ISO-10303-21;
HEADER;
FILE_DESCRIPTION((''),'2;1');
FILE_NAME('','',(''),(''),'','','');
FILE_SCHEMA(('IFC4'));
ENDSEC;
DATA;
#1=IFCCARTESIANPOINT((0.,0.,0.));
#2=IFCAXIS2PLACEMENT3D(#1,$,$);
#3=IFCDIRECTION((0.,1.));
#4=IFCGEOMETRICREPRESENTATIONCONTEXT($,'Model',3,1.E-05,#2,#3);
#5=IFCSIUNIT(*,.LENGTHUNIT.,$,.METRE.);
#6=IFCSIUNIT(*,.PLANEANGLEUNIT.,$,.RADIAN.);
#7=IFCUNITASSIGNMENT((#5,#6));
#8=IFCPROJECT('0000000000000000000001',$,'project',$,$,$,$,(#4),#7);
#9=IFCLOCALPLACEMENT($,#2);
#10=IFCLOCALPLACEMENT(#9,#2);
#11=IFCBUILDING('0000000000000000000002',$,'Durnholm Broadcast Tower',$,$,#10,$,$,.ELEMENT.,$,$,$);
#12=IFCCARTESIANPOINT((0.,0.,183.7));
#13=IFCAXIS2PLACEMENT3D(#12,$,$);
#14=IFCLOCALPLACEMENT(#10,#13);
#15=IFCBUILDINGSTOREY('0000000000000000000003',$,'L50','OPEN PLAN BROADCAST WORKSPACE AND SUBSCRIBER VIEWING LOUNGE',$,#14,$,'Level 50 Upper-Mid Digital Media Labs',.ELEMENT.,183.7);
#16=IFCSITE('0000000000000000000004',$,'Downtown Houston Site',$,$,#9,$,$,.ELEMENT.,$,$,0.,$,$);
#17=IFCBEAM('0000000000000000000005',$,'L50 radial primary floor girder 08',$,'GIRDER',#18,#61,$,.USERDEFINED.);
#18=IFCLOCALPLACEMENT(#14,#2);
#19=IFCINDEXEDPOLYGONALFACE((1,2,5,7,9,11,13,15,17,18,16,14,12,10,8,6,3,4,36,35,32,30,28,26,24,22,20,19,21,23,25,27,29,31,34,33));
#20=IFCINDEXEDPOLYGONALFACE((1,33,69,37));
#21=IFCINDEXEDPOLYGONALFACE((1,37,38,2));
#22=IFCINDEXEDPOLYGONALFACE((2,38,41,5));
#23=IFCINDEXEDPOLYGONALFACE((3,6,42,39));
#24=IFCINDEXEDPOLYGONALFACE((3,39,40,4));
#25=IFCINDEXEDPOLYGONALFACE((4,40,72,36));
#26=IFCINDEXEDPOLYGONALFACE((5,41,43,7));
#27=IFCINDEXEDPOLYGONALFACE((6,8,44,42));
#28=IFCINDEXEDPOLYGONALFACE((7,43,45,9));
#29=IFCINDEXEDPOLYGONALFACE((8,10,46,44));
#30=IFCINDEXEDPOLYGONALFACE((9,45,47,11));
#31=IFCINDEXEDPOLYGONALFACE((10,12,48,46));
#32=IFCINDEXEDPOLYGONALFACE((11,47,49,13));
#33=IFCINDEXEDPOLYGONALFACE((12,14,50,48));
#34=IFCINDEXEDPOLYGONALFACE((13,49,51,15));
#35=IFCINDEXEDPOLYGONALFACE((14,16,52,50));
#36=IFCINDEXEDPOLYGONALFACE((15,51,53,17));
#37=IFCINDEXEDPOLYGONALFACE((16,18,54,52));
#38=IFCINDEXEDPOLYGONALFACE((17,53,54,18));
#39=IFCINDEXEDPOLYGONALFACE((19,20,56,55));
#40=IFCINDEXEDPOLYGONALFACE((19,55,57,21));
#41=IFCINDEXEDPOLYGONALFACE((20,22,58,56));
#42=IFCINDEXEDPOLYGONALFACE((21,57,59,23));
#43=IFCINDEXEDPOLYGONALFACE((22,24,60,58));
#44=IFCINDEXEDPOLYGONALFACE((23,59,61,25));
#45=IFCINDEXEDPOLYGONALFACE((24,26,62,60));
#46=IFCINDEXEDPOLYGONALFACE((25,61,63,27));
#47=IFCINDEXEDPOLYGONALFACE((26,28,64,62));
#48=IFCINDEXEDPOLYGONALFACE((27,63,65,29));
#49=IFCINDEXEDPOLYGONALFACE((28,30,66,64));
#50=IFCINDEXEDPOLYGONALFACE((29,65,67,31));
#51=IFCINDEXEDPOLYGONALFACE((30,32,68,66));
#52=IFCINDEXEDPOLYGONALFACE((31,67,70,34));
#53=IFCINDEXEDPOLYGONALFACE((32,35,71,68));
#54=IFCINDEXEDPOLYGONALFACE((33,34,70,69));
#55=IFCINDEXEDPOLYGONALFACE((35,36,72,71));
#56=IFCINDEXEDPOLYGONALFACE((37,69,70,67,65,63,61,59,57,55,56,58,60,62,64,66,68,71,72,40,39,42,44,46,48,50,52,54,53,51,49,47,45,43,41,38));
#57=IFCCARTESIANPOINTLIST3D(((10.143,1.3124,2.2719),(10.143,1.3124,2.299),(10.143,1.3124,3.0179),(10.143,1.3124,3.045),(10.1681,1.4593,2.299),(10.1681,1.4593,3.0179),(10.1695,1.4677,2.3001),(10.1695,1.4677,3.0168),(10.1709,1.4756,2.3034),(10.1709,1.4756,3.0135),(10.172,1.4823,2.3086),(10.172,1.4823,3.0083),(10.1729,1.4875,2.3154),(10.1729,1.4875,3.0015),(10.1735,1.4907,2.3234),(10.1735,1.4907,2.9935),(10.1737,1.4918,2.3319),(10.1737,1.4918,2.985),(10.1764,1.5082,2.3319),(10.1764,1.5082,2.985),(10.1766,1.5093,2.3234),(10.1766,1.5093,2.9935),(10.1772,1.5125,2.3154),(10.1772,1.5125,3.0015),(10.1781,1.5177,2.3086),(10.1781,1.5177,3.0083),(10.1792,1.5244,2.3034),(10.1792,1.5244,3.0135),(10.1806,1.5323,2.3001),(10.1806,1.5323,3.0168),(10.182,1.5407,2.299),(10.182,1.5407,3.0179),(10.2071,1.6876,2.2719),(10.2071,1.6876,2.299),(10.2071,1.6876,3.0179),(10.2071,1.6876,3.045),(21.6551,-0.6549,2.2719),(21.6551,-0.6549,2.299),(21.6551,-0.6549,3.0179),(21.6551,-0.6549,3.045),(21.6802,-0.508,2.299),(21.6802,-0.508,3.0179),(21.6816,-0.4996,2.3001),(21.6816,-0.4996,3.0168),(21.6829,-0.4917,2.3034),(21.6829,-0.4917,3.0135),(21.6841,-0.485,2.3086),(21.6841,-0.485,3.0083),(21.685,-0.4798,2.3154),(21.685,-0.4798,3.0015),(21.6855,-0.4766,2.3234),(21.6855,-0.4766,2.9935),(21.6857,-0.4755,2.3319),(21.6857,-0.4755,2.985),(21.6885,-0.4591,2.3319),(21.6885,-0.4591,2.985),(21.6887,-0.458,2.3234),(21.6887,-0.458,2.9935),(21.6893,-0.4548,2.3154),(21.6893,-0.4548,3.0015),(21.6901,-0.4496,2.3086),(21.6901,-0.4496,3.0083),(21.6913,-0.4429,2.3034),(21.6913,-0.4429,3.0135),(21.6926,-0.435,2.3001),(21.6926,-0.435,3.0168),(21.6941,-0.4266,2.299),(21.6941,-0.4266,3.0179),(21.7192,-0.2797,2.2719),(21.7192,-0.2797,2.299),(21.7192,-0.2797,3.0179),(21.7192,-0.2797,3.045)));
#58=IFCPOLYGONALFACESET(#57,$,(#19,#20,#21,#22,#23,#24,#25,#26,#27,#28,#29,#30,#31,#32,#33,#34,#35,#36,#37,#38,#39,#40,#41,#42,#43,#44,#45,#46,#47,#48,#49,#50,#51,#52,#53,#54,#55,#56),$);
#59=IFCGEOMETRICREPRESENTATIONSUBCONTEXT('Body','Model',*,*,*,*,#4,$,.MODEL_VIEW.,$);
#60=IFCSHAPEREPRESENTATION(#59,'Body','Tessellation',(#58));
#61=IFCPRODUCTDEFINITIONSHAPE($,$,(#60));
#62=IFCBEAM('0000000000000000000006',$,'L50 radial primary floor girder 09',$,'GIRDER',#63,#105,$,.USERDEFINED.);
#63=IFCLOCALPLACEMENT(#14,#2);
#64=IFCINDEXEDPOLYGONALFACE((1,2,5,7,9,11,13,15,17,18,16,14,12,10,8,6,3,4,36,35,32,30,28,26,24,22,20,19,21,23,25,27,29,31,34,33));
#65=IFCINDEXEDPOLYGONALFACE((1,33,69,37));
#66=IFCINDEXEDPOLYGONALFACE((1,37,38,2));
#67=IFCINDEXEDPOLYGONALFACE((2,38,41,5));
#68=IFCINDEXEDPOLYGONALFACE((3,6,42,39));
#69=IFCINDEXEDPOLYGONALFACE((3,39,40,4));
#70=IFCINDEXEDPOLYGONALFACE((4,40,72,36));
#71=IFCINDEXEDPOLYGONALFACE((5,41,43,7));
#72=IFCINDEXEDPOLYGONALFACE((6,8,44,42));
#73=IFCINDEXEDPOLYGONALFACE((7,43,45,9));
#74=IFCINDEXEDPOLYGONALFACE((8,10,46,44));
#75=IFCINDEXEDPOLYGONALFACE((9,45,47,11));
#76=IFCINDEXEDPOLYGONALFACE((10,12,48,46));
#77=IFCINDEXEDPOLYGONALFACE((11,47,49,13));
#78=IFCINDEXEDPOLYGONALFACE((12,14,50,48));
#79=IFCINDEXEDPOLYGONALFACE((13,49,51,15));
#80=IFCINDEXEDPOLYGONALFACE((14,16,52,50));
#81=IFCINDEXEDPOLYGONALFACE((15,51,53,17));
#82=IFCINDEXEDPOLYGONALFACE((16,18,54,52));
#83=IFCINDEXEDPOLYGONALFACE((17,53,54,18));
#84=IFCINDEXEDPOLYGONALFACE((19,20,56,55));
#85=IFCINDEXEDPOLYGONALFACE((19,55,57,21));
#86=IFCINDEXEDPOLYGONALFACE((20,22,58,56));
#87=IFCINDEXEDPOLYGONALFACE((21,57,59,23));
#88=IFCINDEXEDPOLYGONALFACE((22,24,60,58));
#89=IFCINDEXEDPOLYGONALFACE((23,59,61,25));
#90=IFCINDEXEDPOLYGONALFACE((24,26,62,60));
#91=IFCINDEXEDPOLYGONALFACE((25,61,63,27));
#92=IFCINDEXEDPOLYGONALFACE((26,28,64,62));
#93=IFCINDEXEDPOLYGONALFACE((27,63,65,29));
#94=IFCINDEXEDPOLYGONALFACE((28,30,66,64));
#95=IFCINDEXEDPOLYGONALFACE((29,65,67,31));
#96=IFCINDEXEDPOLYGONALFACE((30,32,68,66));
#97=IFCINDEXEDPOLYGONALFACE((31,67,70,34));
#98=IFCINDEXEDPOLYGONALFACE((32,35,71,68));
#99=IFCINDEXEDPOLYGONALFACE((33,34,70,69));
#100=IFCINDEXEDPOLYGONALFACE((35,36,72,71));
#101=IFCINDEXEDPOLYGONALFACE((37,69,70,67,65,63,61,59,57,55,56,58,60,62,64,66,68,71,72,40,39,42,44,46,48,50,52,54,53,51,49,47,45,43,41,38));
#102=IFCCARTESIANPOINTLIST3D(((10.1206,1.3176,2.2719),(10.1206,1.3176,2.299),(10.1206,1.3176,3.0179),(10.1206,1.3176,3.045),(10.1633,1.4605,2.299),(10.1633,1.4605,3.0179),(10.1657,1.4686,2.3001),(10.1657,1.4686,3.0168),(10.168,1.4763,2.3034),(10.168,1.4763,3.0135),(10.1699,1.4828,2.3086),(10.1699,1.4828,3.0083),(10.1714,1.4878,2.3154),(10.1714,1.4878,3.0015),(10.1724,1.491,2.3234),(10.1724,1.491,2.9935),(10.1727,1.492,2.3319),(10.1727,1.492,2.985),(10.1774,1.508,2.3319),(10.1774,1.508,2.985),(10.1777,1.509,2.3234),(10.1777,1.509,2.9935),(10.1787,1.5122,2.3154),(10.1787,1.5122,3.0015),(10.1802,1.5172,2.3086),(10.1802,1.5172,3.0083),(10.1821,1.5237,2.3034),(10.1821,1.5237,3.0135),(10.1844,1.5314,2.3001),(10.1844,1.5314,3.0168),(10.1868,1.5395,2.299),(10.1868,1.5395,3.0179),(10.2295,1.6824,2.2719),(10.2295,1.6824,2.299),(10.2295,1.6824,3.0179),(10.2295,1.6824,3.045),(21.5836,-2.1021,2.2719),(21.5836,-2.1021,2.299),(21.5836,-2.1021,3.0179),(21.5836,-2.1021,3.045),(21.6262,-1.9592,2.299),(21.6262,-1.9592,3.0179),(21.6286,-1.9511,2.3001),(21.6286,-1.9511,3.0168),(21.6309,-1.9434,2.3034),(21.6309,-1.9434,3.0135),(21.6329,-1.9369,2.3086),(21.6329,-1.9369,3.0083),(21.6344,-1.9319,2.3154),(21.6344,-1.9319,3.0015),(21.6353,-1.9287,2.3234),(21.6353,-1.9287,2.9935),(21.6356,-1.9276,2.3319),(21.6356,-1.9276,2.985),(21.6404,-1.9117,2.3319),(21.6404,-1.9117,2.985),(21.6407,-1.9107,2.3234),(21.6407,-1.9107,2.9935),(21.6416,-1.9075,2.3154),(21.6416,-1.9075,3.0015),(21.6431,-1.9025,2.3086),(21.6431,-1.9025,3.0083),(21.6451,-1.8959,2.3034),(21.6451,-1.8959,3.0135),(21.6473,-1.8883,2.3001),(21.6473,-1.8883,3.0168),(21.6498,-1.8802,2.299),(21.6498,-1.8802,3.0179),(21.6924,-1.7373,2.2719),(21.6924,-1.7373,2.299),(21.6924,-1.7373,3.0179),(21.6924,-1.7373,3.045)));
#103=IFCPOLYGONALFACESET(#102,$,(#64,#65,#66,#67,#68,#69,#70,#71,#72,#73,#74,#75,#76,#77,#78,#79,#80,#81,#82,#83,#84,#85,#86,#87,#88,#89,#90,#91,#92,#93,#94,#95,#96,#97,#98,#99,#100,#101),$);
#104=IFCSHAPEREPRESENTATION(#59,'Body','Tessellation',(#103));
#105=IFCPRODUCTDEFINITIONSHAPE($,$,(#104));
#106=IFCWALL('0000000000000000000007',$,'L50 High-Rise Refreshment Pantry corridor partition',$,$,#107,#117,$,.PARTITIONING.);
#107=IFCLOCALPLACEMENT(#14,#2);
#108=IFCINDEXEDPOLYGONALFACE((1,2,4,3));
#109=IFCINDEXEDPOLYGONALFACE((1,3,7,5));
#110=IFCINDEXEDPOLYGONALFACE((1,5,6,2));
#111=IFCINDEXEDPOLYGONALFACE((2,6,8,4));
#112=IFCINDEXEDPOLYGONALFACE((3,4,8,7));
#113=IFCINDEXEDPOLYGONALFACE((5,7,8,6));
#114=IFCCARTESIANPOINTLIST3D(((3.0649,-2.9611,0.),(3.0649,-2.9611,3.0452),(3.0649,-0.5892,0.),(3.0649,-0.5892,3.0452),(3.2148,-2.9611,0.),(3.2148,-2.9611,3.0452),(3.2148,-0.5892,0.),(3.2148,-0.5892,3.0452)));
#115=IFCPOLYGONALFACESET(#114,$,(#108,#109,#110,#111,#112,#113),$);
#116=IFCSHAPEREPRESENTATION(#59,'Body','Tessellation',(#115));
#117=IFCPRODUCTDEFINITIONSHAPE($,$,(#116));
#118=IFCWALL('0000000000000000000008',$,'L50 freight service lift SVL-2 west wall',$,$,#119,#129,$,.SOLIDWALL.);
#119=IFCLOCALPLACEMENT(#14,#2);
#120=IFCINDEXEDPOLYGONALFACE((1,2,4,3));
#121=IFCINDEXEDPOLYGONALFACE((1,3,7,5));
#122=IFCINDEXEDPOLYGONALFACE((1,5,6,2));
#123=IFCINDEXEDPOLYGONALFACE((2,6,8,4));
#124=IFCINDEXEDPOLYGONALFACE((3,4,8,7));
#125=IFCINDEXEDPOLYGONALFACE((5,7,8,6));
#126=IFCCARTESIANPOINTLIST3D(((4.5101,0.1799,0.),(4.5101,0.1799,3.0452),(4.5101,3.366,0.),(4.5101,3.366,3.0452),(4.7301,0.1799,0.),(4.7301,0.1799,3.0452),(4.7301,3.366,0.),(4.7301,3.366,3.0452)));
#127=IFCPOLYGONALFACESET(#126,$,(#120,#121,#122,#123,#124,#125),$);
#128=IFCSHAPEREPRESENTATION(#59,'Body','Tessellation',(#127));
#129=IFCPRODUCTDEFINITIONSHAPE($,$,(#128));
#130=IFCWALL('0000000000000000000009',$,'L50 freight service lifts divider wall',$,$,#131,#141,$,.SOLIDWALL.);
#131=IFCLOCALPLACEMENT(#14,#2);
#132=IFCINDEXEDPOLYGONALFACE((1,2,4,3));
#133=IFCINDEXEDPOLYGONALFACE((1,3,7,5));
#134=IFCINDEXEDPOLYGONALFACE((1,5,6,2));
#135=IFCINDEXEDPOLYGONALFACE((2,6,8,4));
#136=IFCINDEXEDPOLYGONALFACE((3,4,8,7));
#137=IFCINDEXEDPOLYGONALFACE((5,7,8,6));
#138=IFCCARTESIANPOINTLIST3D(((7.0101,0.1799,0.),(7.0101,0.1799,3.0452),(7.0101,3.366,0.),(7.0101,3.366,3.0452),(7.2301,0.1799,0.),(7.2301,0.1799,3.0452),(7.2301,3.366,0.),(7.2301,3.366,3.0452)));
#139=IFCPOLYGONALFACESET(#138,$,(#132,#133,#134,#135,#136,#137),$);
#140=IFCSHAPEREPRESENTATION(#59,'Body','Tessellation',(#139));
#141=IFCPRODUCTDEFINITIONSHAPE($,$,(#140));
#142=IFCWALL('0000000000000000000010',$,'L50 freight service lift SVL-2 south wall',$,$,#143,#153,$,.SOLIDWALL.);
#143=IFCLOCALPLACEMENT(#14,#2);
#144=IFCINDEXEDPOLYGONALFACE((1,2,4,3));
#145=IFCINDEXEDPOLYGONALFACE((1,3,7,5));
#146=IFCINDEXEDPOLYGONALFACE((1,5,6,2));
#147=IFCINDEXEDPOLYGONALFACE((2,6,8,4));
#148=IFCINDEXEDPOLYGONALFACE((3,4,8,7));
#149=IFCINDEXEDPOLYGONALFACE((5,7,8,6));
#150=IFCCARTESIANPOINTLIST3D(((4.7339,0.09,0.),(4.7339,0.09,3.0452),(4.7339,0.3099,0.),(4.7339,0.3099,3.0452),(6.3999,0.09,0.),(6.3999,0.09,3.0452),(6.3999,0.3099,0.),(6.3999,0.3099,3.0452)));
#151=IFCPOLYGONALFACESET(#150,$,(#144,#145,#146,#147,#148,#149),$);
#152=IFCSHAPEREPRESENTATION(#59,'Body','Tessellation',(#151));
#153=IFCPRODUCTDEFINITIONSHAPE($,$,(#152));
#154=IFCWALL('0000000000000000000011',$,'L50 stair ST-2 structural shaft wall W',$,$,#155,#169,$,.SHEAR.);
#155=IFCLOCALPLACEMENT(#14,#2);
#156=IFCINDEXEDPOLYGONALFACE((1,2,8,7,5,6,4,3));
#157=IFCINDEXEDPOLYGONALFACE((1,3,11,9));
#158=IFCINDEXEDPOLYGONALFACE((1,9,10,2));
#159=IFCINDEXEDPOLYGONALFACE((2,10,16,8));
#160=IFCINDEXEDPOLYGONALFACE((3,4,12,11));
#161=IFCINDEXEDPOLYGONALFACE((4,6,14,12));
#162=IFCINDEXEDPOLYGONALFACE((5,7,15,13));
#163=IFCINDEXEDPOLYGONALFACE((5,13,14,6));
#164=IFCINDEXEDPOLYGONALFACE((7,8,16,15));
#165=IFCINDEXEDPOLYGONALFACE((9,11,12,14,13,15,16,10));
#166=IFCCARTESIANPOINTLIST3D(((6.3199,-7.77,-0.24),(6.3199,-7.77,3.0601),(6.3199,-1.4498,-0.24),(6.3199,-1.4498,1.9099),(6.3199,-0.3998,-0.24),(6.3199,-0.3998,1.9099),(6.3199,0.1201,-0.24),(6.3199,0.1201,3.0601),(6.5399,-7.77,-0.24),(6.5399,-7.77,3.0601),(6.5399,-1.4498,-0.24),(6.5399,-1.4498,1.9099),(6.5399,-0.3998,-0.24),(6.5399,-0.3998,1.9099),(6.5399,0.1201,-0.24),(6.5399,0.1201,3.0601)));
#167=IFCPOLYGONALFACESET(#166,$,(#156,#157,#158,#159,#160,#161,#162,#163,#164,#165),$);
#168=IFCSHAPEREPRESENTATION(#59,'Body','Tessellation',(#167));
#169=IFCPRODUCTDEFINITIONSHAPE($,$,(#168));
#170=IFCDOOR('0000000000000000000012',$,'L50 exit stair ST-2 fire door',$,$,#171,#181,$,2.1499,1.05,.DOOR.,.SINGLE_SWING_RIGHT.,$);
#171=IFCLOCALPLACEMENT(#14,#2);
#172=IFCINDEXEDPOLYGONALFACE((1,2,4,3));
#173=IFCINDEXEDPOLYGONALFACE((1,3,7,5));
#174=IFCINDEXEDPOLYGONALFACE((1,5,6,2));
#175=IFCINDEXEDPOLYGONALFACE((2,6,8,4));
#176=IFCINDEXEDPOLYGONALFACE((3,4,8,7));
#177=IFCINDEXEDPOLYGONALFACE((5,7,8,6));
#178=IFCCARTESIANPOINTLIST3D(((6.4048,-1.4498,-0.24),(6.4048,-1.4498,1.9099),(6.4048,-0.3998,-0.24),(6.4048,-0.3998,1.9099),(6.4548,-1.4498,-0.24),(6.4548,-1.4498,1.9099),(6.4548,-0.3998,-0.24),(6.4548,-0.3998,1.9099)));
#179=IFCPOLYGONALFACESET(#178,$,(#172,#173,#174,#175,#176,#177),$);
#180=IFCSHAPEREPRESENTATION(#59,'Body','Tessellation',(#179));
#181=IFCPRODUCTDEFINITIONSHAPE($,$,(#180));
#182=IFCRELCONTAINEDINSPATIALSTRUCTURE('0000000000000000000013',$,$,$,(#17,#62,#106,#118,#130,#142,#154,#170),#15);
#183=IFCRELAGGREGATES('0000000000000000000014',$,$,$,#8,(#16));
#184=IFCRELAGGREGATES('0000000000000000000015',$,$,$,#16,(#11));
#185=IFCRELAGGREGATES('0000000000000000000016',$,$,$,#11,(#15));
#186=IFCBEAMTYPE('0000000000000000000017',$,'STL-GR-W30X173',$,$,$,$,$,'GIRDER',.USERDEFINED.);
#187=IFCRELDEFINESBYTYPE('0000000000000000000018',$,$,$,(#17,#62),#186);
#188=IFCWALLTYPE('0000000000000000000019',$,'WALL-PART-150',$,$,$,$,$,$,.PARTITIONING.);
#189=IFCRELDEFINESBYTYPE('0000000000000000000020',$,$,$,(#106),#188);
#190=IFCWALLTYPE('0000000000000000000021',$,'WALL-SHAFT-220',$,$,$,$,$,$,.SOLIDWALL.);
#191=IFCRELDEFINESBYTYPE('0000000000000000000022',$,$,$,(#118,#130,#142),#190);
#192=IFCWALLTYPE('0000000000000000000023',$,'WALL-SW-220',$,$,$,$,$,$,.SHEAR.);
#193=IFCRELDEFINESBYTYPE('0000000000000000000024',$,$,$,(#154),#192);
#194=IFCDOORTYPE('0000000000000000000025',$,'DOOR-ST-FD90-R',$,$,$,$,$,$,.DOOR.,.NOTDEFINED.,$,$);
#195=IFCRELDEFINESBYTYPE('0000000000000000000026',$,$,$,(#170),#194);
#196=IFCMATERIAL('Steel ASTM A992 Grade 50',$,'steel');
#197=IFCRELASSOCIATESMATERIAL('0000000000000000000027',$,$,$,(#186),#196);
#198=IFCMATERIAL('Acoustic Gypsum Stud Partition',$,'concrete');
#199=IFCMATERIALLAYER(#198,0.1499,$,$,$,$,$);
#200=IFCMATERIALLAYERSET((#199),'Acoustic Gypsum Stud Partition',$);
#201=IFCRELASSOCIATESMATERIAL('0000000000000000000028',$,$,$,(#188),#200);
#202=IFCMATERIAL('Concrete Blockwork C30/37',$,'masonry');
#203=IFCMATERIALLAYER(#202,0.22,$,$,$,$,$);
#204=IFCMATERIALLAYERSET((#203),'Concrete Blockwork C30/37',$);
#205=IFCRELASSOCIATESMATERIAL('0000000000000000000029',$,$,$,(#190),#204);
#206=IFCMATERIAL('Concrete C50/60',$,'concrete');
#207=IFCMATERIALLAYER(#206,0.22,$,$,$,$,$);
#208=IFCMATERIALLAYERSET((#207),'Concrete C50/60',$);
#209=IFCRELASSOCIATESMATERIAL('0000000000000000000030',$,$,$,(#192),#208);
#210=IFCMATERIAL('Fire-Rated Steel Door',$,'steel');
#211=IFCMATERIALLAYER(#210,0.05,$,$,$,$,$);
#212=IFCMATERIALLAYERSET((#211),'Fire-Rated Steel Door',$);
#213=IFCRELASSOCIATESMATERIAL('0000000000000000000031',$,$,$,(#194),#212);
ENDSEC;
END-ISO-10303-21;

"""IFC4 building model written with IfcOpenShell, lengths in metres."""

from ifc_helpers import new_model, si_unit, direction, frame, frame_2d, origin, origin_2d, place, context, subcontext, project, spatial, rectangle, i_section, extrude, source, transform, mapped, material, layer, layer_set, material_profile, profile_set, type_object, type_shapes, element, fill, save


model = new_model("IFC4")

# Units and contexts
model_context = context("Model", 3, precision=1e-05, world=origin(), true_north=direction((0.0, 1.0)))
body_context = subcontext(model_context, "Body", "Model", "MODEL_VIEW")
ifc_project = project(units=[si_unit("LENGTHUNIT", "METRE"), si_unit("PLANEANGLEUNIT", "RADIAN")], contexts=[model_context])

# Site, building, storey
site_placement = place(None, origin())
site = spatial("IfcSite", under=ifc_project, at=site_placement, Name="Downtown Houston Site", CompositionType="ELEMENT", RefElevation=0.0)
building_placement = place(site_placement, origin())
building = spatial("IfcBuilding", under=site, at=building_placement, Name="Durnholm Broadcast Tower", CompositionType="ELEMENT")
storey_placement = place(building_placement, frame((0.0, 0.0, 183.7)))
storey = spatial("IfcBuildingStorey", under=building, at=storey_placement, Name="L50", Description="OPEN PLAN BROADCAST WORKSPACE AND SUBSCRIBER VIEWING LOUNGE", LongName="Level 50 Upper-Mid Digital Media Labs", CompositionType="ELEMENT", Elevation=183.7)

# Beams
ifc_material_1 = material(Name="Steel ASTM A992 Grade 50", Category="steel")
ifc_material_profile = material_profile(ifc_material_1, i_section(OverallWidth=0.3806, OverallDepth=0.7732, WebThickness=0.0166, FlangeThickness=0.0271, FilletRadius=0.033, at=origin_2d()), Name="W30X173")
ifc_profile_set = profile_set([ifc_material_profile], Name="Steel ASTM A992 Grade 50")
beam_type = type_object("IfcBeamType", Name="STL-GR-W30X173", ElementType="GIRDER", PredefinedType="USERDEFINED", material=ifc_profile_set)
shared_shape_1 = source(origin(), body_context, "Body", "SweptSolid", [
    extrude(i_section(OverallWidth=0.3806, OverallDepth=0.7732, WebThickness=0.0166, FlangeThickness=0.0271, FilletRadius=0.033, at=origin_2d()), origin(), (0.0, 0.0, 1.0), 11.679),
])
beam_1_placement = place(storey_placement, frame((10.175, 1.5, 2.6584), z_axis=(0.98571, -0.168449, 0.0), x_axis=(0.168449, 0.98571, 0.0)))
element("IfcBeam", 1, at=beam_1_placement, inside=storey, type_object=beam_type, Name="L50 radial primary floor girder 08", ObjectType="GIRDER", PredefinedType="USERDEFINED", context=body_context, shape_type="MappedRepresentation", body=[
    mapped(shared_shape_1, transform((0.0, 0.0, 0.0), x_axis=(1.0, 0.0, 0.0), y_axis=(0.0, 1.0, 0.0), z_axis=(0.0, 0.0, 1.0), scale=1.0)),
])
shared_shape_2 = source(origin(), body_context, "Body", "SweptSolid", [
    extrude(i_section(OverallWidth=0.3806, OverallDepth=0.7732, WebThickness=0.0166, FlangeThickness=0.0271, FilletRadius=0.033, at=origin_2d()), origin(), (0.0, 0.0, 1.0), 11.9622),
])
type_shapes(beam_type, [shared_shape_1, shared_shape_2])
beam_2_placement = place(storey_placement, frame((10.175, 1.5, 2.6584), z_axis=(0.958267, -0.285876, 0.0), x_axis=(0.285876, 0.958267, 0.0)))
element("IfcBeam", 2, at=beam_2_placement, inside=storey, type_object=beam_type, Name="L50 radial primary floor girder 09", ObjectType="GIRDER", PredefinedType="USERDEFINED", context=body_context, shape_type="MappedRepresentation", body=[
    mapped(shared_shape_2, transform((0.0, 0.0, 0.0), x_axis=(1.0, 0.0, 0.0), y_axis=(0.0, 1.0, 0.0), z_axis=(0.0, 0.0, 1.0), scale=1.0)),
])

# Wall
ifc_material_2 = material(Name="Acoustic Gypsum Stud Partition", Category="concrete")
ifc_layer_1 = layer(ifc_material_2, 0.1499)
ifc_layer_set_1 = layer_set([ifc_layer_1], Name="Acoustic Gypsum Stud Partition")
wall_type_1 = type_object("IfcWallType", Name="WALL-PART-150", PredefinedType="PARTITIONING", material=ifc_layer_set_1)
wall_1_placement = place(storey_placement, frame((3.1399, -0.5891, 0.0), z_axis=(0.0, 0.0, 1.0), x_axis=(0.0, -1.0, 0.0)))
element("IfcWall", 3, at=wall_1_placement, inside=storey, type_object=wall_type_1, Name="L50 High-Rise Refreshment Pantry corridor partition", PredefinedType="PARTITIONING", context=body_context, shape_type="SweptSolid", body=[
    extrude(rectangle(XDim=2.3718, YDim=0.1499, at=frame_2d((1.186, 0.0))), origin(), (0.0, 0.0, 1.0), 3.0452),
])

# Shared definitions
ifc_material_3 = material(Name="Concrete Blockwork C30/37", Category="masonry")
ifc_layer_2 = layer(ifc_material_3, 0.22)
ifc_layer_set_2 = layer_set([ifc_layer_2], Name="Concrete Blockwork C30/37")
wall_type_2 = type_object("IfcWallType", Name="WALL-SHAFT-220", PredefinedType="SOLIDWALL", material=ifc_layer_set_2)

# Walls
for number, where, z_axis, x_axis, name in (
    (4, (4.6201, 0.1799, 0.0), (0.0, 0.0, 1.0), (0.0, 1.0, 0.0), "L50 freight service lift SVL-2 west wall"),
    (5, (7.1201, 0.1799, 0.0), (0.0, 0.0, 1.0), (0.0, 1.0, 0.0), "L50 freight service lifts divider wall"),
):
    element("IfcWall", number, at=place(storey_placement, frame(where, z_axis=z_axis, x_axis=x_axis)), inside=storey, type_object=wall_type_2, Name=name, PredefinedType="SOLIDWALL", context=body_context, shape_type="SweptSolid", body=[
        extrude(rectangle(XDim=3.186, YDim=0.22, at=frame_2d((1.593, 0.0))), origin(), (0.0, 0.0, 1.0), 3.0452),
    ])
wall_2_placement = place(storey_placement, frame((4.7339, 0.2, 0.0), z_axis=(0.0, 0.0, 1.0), x_axis=(1.0, 0.0, 0.0)))
element("IfcWall", 6, at=wall_2_placement, inside=storey, type_object=wall_type_2, Name="L50 freight service lift SVL-2 south wall", PredefinedType="SOLIDWALL", context=body_context, shape_type="SweptSolid", body=[
    extrude(rectangle(XDim=1.666, YDim=0.22, at=frame_2d((0.833, 0.0))), origin(), (0.0, 0.0, 1.0), 3.0452),
])

# Wall, opening, door
ifc_material_4 = material(Name="Concrete C50/60", Category="concrete")
ifc_layer_3 = layer(ifc_material_4, 0.22)
ifc_layer_set_3 = layer_set([ifc_layer_3], Name="Concrete C50/60")
wall_type_3 = type_object("IfcWallType", Name="WALL-SW-220", PredefinedType="SHEAR", material=ifc_layer_set_3)
wall_3_placement = place(storey_placement, frame((6.4299, 0.1201, -0.24), z_axis=(0.0, 0.0, 1.0), x_axis=(0.0, -1.0, 0.0)))
wall_3 = element("IfcWall", 7, at=wall_3_placement, inside=storey, type_object=wall_type_3, Name="L50 stair ST-2 structural shaft wall W", PredefinedType="SHEAR", context=body_context, shape_type="SweptSolid", body=[
    extrude(rectangle(XDim=7.8901, YDim=0.22, at=frame_2d((3.9451, 0.0))), origin(), (0.0, 0.0, 1.0), 3.3),
])
opening_1_placement = place(wall_3_placement, frame((0.52, 0.0, 0.0)))
opening_1 = element("IfcOpeningElement", 8, at=opening_1_placement, cuts=wall_3, PredefinedType="OPENING", context=body_context, shape_type="SweptSolid", body=[
    extrude(rectangle(XDim=1.05, YDim=2.1499, at=frame_2d((0.5249, 1.075))), frame((0.0, 0.1201, 0.0), z_axis=(0.0, -1.0, 0.0), x_axis=(1.0, 0.0, 0.0)), (0.0, 0.0, 1.0), 0.24),
])
ifc_material_5 = material(Name="Fire-Rated Steel Door", Category="steel")
ifc_layer_4 = layer(ifc_material_5, 0.05)
ifc_layer_set_4 = layer_set([ifc_layer_4], Name="Fire-Rated Steel Door")
door_type_1 = type_object("IfcDoorType", Name="DOOR-ST-FD90-R", OperationType="NOTDEFINED", PredefinedType="DOOR", material=ifc_layer_set_4)
shared_shape_3 = source(origin(), body_context, "Body", "SweptSolid", [
    extrude(rectangle(XDim=1.05, YDim=2.1499, at=frame_2d((0.5249, 1.075))), frame((0.0, 0.0249, 0.0), z_axis=(0.0, -1.0, 0.0), x_axis=(1.0, 0.0, 0.0)), (0.0, 0.0, 1.0), 0.05),
])
type_shapes(door_type_1, [shared_shape_3])
door_1_placement = place(opening_1_placement, origin())
door_1 = element("IfcDoor", 9, at=door_1_placement, inside=storey, type_object=door_type_1, Name="L50 exit stair ST-2 fire door", OperationType="SINGLE_SWING_RIGHT", OverallHeight=2.1499, OverallWidth=1.05, PredefinedType="DOOR", context=body_context, shape_type="MappedRepresentation", body=[
    mapped(shared_shape_3, transform((0.0, 0.0, 0.0), x_axis=(1.0, 0.0, 0.0), y_axis=(0.0, 1.0, 0.0), z_axis=(0.0, 0.0, 1.0), scale=1.0)),
])
fill(opening_1, door_1)

save(model, "model.ifc")
